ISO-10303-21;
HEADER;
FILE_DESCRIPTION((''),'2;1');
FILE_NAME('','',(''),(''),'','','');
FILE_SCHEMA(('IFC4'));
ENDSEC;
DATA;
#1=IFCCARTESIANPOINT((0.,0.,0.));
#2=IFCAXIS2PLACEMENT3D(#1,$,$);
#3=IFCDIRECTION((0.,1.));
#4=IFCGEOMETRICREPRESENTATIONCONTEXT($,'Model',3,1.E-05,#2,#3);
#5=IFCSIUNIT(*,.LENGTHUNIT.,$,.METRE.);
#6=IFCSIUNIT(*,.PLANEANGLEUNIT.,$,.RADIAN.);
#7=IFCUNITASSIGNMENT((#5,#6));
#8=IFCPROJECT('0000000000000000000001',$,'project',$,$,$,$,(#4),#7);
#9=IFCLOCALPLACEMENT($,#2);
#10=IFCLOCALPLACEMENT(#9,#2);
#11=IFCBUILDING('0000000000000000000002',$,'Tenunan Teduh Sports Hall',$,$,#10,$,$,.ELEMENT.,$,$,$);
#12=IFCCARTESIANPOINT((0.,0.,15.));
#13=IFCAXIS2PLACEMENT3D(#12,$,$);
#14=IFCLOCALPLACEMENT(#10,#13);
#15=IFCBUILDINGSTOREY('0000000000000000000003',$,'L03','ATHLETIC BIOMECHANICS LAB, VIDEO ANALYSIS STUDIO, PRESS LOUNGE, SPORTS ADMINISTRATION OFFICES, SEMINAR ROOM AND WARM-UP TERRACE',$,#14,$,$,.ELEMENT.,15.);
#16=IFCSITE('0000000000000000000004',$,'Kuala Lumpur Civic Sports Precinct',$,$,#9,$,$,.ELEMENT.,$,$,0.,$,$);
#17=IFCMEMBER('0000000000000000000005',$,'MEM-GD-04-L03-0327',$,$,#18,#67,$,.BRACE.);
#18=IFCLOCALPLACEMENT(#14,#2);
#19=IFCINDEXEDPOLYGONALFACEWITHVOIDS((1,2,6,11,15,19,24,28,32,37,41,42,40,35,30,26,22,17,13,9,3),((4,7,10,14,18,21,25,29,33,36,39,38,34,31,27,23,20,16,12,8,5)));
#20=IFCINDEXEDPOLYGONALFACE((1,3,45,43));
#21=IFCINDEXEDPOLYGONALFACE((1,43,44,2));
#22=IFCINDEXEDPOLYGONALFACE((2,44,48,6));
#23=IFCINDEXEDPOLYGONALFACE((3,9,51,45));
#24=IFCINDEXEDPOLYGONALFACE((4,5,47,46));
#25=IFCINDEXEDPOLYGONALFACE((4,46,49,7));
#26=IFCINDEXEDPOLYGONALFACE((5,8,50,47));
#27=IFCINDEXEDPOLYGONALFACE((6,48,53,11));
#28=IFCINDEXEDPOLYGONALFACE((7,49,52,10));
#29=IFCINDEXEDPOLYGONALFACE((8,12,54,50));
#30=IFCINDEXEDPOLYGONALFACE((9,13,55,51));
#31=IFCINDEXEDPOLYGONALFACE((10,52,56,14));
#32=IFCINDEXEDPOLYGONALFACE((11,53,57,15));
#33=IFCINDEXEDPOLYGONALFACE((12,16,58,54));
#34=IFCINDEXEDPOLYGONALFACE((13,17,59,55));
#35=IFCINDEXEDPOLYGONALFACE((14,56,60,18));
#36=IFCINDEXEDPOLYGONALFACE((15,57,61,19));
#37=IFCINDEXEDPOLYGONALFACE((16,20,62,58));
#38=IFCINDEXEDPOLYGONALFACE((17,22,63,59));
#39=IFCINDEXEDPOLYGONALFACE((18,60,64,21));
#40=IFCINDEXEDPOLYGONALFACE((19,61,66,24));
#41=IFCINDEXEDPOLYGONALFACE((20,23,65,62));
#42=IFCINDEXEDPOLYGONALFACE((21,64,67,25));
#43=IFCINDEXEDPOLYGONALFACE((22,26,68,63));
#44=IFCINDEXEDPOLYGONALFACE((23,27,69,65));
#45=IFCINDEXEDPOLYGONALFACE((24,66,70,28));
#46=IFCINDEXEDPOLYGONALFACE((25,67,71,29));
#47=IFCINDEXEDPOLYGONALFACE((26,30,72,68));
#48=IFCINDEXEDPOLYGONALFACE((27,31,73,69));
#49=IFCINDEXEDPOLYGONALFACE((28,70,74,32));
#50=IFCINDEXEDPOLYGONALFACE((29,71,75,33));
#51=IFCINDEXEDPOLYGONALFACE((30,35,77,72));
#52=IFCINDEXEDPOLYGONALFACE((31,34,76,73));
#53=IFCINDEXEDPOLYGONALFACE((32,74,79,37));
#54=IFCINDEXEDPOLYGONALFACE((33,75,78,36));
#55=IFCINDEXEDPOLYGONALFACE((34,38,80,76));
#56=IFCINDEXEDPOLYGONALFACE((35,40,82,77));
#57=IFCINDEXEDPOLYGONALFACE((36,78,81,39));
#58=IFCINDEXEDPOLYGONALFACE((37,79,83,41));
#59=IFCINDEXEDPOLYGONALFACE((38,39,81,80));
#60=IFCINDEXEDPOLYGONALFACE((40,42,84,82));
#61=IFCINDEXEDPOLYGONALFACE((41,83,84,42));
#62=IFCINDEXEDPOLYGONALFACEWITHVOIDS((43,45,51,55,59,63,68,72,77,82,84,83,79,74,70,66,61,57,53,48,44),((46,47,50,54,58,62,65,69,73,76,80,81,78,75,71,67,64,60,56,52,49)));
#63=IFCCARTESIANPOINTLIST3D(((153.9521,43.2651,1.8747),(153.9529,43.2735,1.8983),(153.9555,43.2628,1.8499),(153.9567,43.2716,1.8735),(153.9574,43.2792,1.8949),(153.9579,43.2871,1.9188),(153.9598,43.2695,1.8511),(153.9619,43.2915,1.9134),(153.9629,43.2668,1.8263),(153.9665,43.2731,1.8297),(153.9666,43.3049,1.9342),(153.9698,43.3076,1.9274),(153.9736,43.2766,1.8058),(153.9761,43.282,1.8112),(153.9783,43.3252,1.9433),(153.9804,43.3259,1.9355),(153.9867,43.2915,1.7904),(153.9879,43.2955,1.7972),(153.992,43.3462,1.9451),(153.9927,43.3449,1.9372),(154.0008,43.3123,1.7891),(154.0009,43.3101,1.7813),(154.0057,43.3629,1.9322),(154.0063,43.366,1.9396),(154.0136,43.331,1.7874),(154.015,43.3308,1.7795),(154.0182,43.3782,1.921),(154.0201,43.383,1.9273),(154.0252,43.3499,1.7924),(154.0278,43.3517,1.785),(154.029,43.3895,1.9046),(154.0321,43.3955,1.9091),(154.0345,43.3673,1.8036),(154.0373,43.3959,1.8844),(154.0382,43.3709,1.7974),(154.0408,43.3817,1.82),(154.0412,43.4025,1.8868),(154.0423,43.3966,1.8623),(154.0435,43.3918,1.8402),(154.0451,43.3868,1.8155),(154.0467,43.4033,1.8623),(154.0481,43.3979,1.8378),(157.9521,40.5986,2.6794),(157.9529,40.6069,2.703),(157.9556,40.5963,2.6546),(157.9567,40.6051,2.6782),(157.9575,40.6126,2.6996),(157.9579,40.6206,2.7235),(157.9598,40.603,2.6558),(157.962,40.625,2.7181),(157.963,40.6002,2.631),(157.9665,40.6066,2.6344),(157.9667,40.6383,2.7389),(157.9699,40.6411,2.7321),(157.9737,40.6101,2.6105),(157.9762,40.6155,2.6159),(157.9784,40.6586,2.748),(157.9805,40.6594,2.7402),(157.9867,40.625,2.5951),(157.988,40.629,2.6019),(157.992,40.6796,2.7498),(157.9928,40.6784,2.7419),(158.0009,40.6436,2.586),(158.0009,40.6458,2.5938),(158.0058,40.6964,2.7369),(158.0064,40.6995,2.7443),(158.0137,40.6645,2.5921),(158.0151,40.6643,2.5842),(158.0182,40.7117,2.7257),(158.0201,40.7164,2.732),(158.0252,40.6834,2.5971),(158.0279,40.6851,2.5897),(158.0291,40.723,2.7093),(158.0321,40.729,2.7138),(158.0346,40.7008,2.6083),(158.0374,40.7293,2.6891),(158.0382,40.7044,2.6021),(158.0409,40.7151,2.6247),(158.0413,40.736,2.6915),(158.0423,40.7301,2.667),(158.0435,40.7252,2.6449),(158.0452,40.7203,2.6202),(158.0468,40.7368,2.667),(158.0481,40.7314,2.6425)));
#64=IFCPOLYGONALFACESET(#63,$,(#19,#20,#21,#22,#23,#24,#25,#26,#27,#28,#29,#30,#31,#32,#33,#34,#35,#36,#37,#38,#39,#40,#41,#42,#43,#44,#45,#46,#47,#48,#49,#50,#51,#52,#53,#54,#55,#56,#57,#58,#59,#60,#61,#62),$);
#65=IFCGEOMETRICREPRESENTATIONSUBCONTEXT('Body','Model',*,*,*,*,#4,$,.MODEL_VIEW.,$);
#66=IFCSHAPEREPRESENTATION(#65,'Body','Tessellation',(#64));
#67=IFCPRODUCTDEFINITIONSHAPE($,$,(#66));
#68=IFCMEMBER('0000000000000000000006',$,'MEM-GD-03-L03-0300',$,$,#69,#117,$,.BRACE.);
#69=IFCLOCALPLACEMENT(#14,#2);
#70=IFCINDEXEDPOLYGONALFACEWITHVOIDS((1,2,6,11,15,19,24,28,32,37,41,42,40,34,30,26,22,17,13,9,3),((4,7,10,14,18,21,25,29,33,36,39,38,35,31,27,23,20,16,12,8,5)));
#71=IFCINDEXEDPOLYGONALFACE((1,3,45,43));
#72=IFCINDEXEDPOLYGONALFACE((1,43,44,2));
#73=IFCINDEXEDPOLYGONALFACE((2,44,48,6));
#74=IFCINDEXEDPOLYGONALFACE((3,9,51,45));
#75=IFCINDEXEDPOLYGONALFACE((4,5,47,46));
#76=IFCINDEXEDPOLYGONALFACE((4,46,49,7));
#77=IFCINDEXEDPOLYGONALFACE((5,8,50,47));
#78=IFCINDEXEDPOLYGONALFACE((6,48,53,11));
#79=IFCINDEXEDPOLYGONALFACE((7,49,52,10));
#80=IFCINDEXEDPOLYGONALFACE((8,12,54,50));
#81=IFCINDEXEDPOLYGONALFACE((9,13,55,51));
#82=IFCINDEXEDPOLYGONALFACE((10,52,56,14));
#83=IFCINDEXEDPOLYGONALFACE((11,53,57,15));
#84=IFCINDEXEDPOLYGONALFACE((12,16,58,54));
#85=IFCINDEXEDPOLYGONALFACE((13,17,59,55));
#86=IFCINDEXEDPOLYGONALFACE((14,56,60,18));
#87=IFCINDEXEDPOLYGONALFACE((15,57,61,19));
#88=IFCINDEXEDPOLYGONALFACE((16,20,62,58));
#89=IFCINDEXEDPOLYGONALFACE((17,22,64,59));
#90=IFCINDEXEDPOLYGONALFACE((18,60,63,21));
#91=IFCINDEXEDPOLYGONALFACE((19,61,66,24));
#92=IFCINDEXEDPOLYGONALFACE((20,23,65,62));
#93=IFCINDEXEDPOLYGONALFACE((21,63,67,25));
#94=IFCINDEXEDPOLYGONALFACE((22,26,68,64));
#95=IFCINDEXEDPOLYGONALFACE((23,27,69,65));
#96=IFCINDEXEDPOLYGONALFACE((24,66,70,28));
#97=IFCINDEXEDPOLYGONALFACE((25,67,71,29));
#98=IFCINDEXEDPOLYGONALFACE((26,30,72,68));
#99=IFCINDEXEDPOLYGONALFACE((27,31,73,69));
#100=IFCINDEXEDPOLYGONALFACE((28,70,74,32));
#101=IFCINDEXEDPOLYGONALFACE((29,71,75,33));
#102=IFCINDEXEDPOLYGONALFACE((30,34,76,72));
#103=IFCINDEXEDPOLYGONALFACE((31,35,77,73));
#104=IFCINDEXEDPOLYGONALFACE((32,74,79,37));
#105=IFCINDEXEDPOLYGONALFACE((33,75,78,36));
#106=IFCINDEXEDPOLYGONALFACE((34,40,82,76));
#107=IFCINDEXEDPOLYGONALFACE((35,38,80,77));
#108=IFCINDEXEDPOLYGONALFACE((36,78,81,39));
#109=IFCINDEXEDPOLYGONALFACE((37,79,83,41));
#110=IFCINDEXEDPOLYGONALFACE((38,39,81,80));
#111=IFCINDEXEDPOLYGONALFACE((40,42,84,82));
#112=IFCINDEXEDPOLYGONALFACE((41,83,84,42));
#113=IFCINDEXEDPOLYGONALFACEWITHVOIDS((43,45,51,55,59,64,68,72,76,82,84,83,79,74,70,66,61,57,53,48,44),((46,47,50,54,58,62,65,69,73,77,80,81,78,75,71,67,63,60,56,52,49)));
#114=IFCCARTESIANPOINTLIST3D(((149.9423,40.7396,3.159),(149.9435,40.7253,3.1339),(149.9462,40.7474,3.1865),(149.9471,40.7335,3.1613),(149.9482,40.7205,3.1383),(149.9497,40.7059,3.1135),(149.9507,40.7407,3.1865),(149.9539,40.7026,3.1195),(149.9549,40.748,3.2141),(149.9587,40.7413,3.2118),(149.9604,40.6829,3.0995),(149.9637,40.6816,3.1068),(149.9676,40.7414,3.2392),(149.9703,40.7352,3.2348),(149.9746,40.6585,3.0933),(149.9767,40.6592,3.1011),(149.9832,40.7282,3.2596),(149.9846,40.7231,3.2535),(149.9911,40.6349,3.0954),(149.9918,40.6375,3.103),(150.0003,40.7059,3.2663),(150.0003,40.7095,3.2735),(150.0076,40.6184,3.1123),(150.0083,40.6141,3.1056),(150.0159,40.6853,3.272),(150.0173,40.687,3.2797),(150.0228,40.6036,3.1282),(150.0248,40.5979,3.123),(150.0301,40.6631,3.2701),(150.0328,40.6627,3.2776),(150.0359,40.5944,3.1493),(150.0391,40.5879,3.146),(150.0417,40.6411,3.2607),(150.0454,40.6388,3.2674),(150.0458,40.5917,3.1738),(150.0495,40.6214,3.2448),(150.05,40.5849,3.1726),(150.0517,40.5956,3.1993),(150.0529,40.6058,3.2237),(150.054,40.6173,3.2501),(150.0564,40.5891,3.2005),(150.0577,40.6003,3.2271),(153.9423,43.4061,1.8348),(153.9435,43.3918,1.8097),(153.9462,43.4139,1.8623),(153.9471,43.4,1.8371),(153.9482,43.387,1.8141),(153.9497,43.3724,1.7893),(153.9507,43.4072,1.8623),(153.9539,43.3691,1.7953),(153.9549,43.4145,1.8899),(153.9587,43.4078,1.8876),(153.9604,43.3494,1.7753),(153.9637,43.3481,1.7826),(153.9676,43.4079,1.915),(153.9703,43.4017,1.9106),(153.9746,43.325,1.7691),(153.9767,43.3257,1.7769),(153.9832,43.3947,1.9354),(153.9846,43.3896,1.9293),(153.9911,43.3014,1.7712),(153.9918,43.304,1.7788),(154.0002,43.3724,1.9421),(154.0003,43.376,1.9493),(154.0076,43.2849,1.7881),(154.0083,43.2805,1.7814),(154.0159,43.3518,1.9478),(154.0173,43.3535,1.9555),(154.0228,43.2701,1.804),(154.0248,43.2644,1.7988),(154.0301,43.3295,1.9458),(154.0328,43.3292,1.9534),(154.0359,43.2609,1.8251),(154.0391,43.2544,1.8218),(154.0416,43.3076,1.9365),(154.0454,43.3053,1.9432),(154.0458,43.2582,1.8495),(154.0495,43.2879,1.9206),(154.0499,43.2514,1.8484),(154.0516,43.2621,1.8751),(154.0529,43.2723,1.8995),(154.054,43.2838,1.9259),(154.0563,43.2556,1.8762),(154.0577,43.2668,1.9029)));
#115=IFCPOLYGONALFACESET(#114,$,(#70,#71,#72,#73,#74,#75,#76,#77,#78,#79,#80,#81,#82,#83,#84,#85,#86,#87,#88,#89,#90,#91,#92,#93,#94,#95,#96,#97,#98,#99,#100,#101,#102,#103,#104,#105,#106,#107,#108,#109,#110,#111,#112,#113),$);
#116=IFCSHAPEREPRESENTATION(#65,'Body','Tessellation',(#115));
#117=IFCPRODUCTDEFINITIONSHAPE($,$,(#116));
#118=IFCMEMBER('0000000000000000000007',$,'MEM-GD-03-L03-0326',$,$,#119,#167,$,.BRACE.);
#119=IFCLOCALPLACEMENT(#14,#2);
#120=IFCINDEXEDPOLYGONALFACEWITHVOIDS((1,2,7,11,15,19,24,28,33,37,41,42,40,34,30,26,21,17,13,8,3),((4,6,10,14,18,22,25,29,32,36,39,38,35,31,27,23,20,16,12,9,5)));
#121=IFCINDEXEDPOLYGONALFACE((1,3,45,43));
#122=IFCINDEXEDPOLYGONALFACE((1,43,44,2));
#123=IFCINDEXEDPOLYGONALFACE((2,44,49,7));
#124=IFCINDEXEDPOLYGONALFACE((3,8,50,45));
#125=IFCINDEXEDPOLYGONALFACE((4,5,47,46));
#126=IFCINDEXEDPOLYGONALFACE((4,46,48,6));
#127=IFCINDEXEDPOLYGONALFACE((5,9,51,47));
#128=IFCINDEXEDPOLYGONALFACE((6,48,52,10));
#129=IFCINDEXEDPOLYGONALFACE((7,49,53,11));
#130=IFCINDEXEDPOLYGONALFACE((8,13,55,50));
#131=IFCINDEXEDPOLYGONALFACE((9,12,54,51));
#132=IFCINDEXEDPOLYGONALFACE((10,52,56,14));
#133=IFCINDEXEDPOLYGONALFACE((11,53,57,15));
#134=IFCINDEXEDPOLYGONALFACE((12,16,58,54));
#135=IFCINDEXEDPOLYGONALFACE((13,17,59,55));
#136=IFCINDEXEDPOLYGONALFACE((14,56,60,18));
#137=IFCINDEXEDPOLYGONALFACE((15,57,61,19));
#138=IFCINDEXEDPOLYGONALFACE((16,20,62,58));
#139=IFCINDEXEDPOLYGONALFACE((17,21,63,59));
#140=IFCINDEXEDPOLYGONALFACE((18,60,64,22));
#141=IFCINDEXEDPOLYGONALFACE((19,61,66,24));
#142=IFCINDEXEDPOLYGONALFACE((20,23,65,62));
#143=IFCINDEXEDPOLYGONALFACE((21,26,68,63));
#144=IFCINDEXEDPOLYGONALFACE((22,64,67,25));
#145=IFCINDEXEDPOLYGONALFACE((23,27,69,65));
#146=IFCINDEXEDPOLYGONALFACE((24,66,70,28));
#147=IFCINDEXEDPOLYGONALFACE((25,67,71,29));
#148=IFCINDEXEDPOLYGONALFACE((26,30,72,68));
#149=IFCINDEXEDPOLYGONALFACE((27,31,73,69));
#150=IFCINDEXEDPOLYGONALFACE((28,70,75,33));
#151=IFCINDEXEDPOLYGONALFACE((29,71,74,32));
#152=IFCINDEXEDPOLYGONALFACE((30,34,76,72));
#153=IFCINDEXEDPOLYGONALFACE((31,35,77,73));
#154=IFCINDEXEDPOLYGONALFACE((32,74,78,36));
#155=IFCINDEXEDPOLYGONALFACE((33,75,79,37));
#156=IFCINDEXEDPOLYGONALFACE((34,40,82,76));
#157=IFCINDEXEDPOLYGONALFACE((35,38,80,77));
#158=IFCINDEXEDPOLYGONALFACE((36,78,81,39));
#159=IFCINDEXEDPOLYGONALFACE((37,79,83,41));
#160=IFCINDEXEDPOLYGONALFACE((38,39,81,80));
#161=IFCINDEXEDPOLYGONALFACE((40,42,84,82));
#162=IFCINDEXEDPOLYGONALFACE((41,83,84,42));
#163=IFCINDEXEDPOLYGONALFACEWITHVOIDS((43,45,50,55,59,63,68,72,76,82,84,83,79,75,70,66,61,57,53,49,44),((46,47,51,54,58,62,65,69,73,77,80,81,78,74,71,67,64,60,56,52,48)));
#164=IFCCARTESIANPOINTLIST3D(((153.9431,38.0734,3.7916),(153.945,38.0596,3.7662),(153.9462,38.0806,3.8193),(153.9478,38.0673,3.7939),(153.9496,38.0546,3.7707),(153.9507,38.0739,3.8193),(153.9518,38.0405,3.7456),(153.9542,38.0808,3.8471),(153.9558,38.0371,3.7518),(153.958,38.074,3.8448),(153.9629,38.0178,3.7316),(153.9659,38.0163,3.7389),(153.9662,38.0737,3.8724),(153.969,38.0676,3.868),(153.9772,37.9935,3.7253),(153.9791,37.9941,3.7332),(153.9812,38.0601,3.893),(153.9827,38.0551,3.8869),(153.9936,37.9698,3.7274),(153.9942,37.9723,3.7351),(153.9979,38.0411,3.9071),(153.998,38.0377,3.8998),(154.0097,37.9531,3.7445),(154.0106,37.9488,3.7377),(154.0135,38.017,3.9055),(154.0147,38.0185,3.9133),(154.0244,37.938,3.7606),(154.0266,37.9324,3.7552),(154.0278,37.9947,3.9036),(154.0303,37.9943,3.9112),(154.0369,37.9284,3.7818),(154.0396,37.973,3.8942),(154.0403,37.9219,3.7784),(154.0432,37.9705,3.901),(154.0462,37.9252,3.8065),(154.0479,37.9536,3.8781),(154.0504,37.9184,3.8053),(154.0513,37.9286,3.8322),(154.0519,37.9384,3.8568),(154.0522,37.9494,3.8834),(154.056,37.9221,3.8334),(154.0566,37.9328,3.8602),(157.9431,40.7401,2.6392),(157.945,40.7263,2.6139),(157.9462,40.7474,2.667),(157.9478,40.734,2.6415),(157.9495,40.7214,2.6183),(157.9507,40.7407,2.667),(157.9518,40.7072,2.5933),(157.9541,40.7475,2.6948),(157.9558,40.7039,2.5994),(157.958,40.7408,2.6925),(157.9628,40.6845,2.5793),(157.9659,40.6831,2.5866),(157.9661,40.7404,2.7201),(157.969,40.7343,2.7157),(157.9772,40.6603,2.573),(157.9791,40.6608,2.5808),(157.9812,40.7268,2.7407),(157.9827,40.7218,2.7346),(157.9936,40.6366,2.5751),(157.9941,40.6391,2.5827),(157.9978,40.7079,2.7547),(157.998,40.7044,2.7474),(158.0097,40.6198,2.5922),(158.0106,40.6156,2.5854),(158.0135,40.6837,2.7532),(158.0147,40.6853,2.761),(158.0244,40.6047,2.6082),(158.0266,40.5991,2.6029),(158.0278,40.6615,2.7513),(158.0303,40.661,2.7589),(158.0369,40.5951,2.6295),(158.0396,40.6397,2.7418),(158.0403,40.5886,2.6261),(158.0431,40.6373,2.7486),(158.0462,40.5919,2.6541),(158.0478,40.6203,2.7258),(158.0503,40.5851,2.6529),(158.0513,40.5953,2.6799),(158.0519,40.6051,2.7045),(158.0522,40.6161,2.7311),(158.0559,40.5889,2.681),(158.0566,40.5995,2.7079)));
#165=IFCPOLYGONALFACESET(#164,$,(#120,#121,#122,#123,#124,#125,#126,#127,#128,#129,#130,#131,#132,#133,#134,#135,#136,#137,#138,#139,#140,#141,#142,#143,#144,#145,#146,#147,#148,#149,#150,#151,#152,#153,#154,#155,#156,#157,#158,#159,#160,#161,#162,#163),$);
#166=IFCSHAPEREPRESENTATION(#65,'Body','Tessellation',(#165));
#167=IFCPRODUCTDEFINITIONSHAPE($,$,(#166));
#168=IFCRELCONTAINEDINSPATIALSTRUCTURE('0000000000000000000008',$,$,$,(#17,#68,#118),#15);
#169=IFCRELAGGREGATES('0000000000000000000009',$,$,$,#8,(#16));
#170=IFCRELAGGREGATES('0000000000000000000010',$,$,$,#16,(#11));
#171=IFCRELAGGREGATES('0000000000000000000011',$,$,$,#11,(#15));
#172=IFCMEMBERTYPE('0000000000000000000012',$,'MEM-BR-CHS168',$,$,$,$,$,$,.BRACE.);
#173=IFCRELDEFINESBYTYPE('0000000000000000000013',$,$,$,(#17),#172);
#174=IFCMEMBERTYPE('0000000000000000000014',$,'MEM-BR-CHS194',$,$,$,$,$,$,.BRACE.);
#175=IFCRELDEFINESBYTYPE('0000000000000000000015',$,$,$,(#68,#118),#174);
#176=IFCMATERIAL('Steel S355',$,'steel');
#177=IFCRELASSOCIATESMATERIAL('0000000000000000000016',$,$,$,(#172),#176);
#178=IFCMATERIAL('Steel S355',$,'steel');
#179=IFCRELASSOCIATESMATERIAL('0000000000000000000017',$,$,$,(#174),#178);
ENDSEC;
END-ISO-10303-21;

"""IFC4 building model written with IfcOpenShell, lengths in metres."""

from ifc_helpers import new_model, si_unit, direction, frame, origin, origin_2d, place, context, subcontext, project, spatial, hollow_circle, extrude, material, material_profile, profile_set, type_object, element, save


model = new_model("IFC4")

# Units and contexts
model_context = context("Model", 3, precision=1e-05, world=origin(), true_north=direction((0.0, 1.0)))
body_context = subcontext(model_context, "Body", "Model", "MODEL_VIEW")
ifc_project = project(units=[si_unit("LENGTHUNIT", "METRE"), si_unit("PLANEANGLEUNIT", "RADIAN")], contexts=[model_context])

# Site, building, storey
site_placement = place(None, origin())
site = spatial("IfcSite", under=ifc_project, at=site_placement, Name="Kuala Lumpur Civic Sports Precinct", CompositionType="ELEMENT", RefElevation=0.0)
building_placement = place(site_placement, origin())
building = spatial("IfcBuilding", under=site, at=building_placement, Name="Tenunan Teduh Sports Hall", CompositionType="ELEMENT")
storey_placement = place(building_placement, frame((0.0, 0.0, 15.0)))
storey = spatial("IfcBuildingStorey", under=building, at=storey_placement, Name="L03", Description="ATHLETIC BIOMECHANICS LAB, VIDEO ANALYSIS STUDIO, PRESS LOUNGE, SPORTS ADMINISTRATION OFFICES, SEMINAR ROOM AND WARM-UP TERRACE", CompositionType="ELEMENT", Elevation=15.0)

# Members
ifc_material_1 = material(Name="Steel S355", Category="steel")
ifc_material_profile_1 = material_profile(ifc_material_1, hollow_circle(Radius=0.0842, WallThickness=0.0081, at=origin_2d()), Name="CHS 168.3x8.0")
ifc_profile_set_1 = profile_set([ifc_material_profile_1], Name="Steel S355")
member_type_1 = type_object("IfcMemberType", Name="MEM-BR-CHS168", PredefinedType="BRACE", material=ifc_profile_set_1)
member_1_placement = place(storey_placement, frame((154.0, 43.3333, 1.8623), z_axis=(0.820649, -0.547066, 0.165091), x_axis=(0.554677, 0.832066, 0.0)))
element("IfcMember", 1, at=member_1_placement, inside=storey, type_object=member_type_1, Name="MEM-GD-04-L03-0327", PredefinedType="BRACE", context=body_context, shape_type="SweptSolid", body=[
    extrude(hollow_circle(Radius=0.0842, WallThickness=0.0081, at=origin_2d()), origin(), (0.0, 0.0, 1.0), 4.8743),
])
ifc_material_2 = material(Name="Steel S355", Category="steel")
ifc_material_profile_2 = material_profile(ifc_material_2, hollow_circle(Radius=0.0969, WallThickness=0.0081, at=origin_2d()), Name="CHS 193.7x8.0")
ifc_profile_set_2 = profile_set([ifc_material_profile_2], Name="Steel S355")
member_type_2 = type_object("IfcMemberType", Name="MEM-BR-CHS194", PredefinedType="BRACE", material=ifc_profile_set_2)
member_2_placement = place(storey_placement, frame((150.0, 40.6667, 3.1865), z_axis=(0.802188, 0.534759, -0.265568), x_axis=(-0.554677, 0.832066, 0.0)))
element("IfcMember", 2, at=member_2_placement, inside=storey, type_object=member_type_2, Name="MEM-GD-03-L03-0300", PredefinedType="BRACE", context=body_context, shape_type="SweptSolid", body=[
    extrude(hollow_circle(Radius=0.0969, WallThickness=0.0081, at=origin_2d()), origin(), (0.0, 0.0, 1.0), 4.9863),
])
member_3_placement = place(storey_placement, frame((154.0, 38.0, 3.8193), z_axis=(0.809123, 0.539432, -0.233097), x_axis=(-0.554712, 0.832042, 0.0)))
element("IfcMember", 3, at=member_3_placement, inside=storey, type_object=member_type_2, Name="MEM-GD-03-L03-0326", PredefinedType="BRACE", context=body_context, shape_type="SweptSolid", body=[
    extrude(hollow_circle(Radius=0.0969, WallThickness=0.0081, at=origin_2d()), origin(), (0.0, 0.0, 1.0), 4.9436),
])

save(model, "model.ifc")
